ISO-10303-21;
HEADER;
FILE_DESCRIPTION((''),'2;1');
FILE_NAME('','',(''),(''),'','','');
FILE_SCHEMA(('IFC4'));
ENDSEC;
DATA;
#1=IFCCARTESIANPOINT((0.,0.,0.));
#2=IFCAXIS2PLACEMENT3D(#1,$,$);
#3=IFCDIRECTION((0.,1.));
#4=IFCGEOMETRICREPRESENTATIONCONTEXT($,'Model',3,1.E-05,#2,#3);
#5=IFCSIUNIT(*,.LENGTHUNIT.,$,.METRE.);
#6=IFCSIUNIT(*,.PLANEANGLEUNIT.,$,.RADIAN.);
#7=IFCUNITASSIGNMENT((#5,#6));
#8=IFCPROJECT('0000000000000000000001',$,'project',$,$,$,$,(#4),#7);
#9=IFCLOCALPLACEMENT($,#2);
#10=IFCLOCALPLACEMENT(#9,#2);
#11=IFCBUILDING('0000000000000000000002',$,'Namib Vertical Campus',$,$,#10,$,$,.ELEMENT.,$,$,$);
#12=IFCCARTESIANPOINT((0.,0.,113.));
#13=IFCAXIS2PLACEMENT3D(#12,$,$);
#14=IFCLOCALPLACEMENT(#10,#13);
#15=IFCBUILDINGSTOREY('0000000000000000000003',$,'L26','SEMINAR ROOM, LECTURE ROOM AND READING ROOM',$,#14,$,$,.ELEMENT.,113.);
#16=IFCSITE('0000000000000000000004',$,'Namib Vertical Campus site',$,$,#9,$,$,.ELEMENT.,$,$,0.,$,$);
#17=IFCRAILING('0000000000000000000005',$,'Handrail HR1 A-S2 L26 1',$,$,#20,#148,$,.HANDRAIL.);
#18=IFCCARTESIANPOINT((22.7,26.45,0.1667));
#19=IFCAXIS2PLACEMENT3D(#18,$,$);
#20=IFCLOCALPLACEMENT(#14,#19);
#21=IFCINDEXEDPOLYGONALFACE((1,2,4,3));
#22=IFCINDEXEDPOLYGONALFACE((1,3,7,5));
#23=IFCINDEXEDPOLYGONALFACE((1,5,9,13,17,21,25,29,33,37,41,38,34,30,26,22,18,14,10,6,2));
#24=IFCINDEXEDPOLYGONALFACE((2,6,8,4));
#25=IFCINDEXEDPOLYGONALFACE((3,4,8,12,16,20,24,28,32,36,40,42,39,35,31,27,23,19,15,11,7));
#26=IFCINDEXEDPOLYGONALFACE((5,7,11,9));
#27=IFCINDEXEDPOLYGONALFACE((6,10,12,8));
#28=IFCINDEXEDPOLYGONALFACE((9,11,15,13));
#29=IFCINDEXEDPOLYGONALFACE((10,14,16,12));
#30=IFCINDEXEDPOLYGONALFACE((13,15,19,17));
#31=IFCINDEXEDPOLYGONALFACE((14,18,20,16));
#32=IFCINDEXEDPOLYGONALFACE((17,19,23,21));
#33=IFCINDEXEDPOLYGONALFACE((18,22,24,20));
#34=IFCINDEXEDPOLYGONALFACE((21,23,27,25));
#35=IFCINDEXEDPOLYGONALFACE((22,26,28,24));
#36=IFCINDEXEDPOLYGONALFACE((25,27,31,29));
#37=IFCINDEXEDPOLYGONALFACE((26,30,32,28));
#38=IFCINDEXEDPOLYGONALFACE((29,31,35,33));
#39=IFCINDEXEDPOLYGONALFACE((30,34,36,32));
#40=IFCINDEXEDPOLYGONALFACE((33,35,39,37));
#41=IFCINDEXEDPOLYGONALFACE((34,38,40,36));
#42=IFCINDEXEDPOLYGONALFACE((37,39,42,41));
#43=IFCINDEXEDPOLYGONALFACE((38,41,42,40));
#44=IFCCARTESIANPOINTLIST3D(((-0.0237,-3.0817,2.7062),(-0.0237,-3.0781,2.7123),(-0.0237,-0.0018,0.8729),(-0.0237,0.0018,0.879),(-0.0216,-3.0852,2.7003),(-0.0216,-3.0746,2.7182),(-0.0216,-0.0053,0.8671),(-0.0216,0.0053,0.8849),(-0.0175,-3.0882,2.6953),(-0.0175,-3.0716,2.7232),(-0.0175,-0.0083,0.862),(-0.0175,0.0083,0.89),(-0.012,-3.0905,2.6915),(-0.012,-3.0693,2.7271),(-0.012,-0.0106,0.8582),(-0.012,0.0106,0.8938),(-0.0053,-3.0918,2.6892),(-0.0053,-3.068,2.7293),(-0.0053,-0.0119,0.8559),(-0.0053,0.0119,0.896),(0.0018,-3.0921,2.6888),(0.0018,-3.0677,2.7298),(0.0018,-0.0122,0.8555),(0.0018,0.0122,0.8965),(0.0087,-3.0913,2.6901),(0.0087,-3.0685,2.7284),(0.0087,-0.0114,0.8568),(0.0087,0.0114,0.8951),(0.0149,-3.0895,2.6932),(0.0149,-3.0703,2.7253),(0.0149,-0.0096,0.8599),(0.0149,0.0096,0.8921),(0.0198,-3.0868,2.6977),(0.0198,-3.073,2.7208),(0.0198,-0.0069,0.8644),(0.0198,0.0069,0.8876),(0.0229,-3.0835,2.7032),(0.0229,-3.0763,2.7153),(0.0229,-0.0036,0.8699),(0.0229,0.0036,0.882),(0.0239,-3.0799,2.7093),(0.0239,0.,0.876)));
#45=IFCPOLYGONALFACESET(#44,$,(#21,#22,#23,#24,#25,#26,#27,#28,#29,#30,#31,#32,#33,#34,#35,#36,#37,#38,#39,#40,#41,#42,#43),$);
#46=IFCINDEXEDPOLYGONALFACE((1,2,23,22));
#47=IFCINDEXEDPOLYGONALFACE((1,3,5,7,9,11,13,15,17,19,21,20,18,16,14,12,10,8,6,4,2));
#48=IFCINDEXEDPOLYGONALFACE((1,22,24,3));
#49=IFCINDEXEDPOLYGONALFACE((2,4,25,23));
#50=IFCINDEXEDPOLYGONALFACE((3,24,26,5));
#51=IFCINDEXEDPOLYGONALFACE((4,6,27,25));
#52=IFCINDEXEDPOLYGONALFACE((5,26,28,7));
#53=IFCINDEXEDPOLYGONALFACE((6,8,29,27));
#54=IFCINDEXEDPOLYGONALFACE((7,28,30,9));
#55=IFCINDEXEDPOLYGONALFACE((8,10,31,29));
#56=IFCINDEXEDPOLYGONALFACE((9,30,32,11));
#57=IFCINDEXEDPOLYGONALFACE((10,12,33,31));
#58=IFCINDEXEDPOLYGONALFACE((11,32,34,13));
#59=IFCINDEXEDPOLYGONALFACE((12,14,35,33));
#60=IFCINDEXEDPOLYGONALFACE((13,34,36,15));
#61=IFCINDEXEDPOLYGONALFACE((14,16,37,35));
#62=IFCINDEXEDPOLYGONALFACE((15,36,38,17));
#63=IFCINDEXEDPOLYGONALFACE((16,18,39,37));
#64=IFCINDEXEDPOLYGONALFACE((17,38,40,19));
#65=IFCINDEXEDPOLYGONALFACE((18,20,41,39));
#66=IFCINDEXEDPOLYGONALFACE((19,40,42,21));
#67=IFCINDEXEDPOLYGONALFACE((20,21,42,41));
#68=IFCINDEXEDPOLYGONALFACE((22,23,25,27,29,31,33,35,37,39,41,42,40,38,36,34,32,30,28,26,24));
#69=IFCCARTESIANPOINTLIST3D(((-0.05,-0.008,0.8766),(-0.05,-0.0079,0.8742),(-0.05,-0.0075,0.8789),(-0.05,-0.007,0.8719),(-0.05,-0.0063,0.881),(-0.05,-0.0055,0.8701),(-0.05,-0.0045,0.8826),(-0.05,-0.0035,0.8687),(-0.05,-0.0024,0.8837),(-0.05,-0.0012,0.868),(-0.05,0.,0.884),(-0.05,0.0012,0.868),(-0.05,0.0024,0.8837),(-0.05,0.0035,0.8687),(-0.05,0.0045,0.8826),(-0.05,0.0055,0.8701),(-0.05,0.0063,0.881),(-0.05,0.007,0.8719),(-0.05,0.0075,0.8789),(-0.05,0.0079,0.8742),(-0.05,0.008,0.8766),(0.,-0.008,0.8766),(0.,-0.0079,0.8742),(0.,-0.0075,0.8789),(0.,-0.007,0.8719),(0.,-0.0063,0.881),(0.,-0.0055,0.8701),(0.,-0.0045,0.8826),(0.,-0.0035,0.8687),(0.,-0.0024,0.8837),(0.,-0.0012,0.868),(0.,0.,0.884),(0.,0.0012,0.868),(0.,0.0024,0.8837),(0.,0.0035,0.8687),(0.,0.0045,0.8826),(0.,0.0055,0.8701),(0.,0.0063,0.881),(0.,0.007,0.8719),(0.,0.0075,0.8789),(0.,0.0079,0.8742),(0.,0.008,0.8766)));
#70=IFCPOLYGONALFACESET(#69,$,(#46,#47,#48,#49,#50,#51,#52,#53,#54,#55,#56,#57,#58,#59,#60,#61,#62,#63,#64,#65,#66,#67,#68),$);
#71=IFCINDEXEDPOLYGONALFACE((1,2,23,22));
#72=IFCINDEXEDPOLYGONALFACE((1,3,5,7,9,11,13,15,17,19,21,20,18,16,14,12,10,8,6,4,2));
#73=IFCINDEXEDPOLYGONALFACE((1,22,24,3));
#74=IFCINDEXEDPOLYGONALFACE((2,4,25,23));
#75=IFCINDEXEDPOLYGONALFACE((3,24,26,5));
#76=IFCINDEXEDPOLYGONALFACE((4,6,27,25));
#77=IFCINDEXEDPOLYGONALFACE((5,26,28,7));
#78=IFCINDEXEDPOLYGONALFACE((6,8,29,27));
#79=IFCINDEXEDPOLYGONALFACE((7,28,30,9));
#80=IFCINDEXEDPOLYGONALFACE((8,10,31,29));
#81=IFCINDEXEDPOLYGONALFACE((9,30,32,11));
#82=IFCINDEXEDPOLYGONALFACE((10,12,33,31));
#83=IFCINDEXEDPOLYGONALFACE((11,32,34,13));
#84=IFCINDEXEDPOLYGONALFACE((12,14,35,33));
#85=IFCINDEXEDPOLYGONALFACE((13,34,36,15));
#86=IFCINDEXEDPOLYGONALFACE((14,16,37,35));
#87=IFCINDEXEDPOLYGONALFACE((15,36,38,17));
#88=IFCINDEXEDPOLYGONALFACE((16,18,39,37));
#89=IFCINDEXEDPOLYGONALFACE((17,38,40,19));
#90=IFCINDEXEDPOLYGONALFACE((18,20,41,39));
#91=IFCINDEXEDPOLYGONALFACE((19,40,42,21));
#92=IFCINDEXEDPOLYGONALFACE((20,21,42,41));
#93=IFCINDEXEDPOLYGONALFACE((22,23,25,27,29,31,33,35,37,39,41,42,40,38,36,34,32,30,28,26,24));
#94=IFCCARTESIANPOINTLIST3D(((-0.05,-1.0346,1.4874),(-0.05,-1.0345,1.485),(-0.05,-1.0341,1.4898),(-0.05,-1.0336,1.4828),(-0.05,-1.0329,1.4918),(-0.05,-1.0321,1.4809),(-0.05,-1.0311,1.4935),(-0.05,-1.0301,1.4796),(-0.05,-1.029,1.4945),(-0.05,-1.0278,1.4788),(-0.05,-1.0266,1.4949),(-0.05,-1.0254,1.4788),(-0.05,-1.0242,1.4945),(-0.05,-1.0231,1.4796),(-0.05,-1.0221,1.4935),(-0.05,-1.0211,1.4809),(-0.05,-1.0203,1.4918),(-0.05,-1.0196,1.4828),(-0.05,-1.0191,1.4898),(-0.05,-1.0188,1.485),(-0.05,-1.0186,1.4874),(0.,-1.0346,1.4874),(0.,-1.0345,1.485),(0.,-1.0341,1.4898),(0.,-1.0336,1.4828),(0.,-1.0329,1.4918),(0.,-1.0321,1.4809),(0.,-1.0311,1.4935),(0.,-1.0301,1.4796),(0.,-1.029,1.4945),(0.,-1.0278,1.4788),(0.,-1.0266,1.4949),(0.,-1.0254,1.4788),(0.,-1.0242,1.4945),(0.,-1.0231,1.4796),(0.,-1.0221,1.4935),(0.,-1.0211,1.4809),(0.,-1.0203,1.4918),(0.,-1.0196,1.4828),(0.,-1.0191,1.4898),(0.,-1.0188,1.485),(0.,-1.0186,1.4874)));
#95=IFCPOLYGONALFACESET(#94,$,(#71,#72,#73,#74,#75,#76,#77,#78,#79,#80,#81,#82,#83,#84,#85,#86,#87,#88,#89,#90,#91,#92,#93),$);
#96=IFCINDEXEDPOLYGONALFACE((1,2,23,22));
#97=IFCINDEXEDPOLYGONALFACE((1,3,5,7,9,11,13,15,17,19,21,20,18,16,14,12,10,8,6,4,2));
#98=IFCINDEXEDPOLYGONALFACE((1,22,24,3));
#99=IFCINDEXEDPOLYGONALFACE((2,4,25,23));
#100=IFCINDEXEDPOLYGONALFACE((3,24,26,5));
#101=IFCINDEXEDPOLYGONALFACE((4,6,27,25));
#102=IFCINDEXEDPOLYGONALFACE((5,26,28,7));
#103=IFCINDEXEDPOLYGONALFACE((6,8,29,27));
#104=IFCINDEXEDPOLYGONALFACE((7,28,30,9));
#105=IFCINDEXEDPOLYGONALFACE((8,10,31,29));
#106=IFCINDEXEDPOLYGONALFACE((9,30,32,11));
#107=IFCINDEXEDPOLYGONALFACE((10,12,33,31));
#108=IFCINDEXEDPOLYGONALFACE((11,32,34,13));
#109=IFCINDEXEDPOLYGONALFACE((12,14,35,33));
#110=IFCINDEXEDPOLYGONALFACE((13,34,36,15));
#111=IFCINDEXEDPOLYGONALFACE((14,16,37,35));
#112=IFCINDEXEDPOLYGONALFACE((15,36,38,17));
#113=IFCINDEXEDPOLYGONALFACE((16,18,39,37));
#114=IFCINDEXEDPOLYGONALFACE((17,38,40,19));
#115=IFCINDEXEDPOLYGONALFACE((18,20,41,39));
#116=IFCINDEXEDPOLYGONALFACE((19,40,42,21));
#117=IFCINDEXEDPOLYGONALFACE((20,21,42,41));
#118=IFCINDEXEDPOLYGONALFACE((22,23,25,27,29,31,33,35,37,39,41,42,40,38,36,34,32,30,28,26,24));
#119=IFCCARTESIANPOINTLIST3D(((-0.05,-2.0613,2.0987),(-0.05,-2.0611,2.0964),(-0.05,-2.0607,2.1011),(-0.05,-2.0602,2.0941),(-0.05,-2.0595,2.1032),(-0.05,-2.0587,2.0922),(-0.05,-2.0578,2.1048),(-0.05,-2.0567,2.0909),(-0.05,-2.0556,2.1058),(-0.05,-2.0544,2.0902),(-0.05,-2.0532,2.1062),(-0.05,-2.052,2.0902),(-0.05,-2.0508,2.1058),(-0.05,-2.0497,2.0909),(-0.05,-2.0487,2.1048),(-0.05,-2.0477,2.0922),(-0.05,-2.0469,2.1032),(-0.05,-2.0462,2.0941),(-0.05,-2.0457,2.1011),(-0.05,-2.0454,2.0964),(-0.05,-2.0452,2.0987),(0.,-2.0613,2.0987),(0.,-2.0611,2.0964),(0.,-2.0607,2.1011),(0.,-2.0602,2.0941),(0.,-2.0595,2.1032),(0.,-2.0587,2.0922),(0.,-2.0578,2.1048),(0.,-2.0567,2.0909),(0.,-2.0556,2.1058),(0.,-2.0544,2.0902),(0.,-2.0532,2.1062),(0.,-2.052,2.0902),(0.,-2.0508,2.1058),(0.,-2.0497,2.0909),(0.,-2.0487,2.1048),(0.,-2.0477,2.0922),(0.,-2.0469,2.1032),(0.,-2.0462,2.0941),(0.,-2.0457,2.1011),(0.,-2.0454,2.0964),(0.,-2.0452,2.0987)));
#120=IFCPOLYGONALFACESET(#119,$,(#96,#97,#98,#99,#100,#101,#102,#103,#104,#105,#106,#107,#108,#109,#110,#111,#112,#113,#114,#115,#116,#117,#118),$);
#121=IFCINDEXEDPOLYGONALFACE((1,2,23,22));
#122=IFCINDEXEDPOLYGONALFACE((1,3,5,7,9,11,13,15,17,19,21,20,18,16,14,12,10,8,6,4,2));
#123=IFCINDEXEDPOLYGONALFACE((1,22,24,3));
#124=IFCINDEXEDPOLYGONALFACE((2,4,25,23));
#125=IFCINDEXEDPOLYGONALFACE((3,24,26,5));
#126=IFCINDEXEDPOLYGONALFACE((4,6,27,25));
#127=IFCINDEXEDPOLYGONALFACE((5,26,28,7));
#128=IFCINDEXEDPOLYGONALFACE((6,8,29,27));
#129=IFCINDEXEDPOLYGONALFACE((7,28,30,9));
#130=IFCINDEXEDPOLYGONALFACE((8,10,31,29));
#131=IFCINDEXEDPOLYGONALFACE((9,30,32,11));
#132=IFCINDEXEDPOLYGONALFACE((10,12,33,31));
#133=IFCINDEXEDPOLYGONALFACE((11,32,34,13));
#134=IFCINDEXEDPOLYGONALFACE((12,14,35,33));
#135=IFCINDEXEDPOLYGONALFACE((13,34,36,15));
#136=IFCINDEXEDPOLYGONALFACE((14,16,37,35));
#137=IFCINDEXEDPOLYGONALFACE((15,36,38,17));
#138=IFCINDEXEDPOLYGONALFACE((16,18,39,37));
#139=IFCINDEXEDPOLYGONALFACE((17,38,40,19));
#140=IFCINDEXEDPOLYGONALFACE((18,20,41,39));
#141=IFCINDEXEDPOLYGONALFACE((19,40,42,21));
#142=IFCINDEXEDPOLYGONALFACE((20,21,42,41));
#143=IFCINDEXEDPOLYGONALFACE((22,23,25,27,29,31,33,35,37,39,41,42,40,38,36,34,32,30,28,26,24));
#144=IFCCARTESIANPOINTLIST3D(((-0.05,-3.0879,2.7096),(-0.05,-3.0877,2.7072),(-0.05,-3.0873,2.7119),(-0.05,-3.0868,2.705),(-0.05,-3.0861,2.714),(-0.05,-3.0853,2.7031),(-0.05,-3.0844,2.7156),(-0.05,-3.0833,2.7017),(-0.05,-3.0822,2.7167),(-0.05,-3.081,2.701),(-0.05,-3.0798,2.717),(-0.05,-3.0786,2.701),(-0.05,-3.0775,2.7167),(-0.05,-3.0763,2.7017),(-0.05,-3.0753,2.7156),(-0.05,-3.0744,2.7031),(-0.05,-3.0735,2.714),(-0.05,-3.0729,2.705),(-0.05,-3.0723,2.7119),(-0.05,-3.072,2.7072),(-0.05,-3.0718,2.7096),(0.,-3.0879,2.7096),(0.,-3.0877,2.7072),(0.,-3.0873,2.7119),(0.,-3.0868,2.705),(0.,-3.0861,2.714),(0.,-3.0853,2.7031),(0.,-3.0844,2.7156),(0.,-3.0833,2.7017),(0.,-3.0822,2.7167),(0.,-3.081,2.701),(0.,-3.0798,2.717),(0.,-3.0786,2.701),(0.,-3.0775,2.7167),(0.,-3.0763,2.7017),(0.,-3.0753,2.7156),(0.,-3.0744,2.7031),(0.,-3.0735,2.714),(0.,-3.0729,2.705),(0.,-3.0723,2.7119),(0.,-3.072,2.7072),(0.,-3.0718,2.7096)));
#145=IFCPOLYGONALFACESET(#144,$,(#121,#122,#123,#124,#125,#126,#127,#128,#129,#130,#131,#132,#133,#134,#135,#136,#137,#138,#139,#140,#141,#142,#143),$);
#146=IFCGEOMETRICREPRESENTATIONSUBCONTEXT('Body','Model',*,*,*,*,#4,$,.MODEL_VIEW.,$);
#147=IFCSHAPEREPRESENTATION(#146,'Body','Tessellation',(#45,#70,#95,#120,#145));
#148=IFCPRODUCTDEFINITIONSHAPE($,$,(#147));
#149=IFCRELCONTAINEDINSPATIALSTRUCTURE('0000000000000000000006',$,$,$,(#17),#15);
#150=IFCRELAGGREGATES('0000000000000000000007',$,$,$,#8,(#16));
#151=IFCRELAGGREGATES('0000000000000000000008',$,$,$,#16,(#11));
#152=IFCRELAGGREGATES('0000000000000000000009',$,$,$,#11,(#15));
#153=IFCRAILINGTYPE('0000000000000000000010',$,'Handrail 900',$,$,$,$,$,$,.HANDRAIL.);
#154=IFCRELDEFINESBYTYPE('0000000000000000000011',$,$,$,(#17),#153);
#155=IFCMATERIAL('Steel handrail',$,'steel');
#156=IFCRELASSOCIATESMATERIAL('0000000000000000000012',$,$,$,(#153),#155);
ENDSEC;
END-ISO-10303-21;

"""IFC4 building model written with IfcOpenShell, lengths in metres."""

from ifc_helpers import new_model, si_unit, direction, frame, origin, origin_2d, place, context, subcontext, project, spatial, circle, extrude, material, type_object, element, save


model = new_model("IFC4")

# Units and contexts
model_context = context("Model", 3, precision=1e-05, world=origin(), true_north=direction((0.0, 1.0)))
body_context = subcontext(model_context, "Body", "Model", "MODEL_VIEW")
ifc_project = project(units=[si_unit("LENGTHUNIT", "METRE"), si_unit("PLANEANGLEUNIT", "RADIAN")], contexts=[model_context])

# Site, building, storey
site_placement = place(None, origin())
site = spatial("IfcSite", under=ifc_project, at=site_placement, Name="Namib Vertical Campus site", CompositionType="ELEMENT", RefElevation=0.0)
building_placement = place(site_placement, origin())
building = spatial("IfcBuilding", under=site, at=building_placement, Name="Namib Vertical Campus", CompositionType="ELEMENT")
storey_placement = place(building_placement, frame((0.0, 0.0, 113.0)))
storey = spatial("IfcBuildingStorey", under=building, at=storey_placement, Name="L26", Description="SEMINAR ROOM, LECTURE ROOM AND READING ROOM", CompositionType="ELEMENT", Elevation=113.0)

# Railing
ifc_material_1 = material(Name="Steel handrail", Category="steel")
railing_type_1 = type_object("IfcRailingType", Name="Handrail 900", PredefinedType="HANDRAIL", material=ifc_material_1)
railing_1_placement = place(storey_placement, frame((22.7, 26.45, 0.1667)))
element("IfcRailing", 1, at=railing_1_placement, inside=storey, type_object=railing_type_1, Name="Handrail HR1 A-S2 L26 1", PredefinedType="HANDRAIL", context=body_context, shape_type="SweptSolid", body=[
    extrude(circle(Radius=0.0239, at=origin_2d()), frame((0.0, 0.0, 0.876), z_axis=(0.0, -0.859291, 0.511487), x_axis=(1.0, 0.0, 0.0)), (0.0, 0.0, 1.0), 3.5842),
    extrude(circle(Radius=0.0081, at=origin_2d()), frame((0.0, 0.0, 0.876), z_axis=(-1.0, 0.0, 0.0), x_axis=(0.0, 0.0, 1.0)), (0.0, 0.0, 1.0), 0.05),
    extrude(circle(Radius=0.0081, at=origin_2d()), frame((0.0, -1.0266, 1.4868), z_axis=(-1.0, 0.0, 0.0), x_axis=(0.0, 0.0, 1.0)), (0.0, 0.0, 1.0), 0.05),
    extrude(circle(Radius=0.0081, at=origin_2d()), frame((0.0, -2.0532, 2.0981), z_axis=(-1.0, 0.0, 0.0), x_axis=(0.0, 0.0, 1.0)), (0.0, 0.0, 1.0), 0.05),
    extrude(circle(Radius=0.0081, at=origin_2d()), frame((0.0, -3.0798, 2.709), z_axis=(-1.0, 0.0, 0.0), x_axis=(0.0, 0.0, 1.0)), (0.0, 0.0, 1.0), 0.05),
])

save(model, "model.ifc")
